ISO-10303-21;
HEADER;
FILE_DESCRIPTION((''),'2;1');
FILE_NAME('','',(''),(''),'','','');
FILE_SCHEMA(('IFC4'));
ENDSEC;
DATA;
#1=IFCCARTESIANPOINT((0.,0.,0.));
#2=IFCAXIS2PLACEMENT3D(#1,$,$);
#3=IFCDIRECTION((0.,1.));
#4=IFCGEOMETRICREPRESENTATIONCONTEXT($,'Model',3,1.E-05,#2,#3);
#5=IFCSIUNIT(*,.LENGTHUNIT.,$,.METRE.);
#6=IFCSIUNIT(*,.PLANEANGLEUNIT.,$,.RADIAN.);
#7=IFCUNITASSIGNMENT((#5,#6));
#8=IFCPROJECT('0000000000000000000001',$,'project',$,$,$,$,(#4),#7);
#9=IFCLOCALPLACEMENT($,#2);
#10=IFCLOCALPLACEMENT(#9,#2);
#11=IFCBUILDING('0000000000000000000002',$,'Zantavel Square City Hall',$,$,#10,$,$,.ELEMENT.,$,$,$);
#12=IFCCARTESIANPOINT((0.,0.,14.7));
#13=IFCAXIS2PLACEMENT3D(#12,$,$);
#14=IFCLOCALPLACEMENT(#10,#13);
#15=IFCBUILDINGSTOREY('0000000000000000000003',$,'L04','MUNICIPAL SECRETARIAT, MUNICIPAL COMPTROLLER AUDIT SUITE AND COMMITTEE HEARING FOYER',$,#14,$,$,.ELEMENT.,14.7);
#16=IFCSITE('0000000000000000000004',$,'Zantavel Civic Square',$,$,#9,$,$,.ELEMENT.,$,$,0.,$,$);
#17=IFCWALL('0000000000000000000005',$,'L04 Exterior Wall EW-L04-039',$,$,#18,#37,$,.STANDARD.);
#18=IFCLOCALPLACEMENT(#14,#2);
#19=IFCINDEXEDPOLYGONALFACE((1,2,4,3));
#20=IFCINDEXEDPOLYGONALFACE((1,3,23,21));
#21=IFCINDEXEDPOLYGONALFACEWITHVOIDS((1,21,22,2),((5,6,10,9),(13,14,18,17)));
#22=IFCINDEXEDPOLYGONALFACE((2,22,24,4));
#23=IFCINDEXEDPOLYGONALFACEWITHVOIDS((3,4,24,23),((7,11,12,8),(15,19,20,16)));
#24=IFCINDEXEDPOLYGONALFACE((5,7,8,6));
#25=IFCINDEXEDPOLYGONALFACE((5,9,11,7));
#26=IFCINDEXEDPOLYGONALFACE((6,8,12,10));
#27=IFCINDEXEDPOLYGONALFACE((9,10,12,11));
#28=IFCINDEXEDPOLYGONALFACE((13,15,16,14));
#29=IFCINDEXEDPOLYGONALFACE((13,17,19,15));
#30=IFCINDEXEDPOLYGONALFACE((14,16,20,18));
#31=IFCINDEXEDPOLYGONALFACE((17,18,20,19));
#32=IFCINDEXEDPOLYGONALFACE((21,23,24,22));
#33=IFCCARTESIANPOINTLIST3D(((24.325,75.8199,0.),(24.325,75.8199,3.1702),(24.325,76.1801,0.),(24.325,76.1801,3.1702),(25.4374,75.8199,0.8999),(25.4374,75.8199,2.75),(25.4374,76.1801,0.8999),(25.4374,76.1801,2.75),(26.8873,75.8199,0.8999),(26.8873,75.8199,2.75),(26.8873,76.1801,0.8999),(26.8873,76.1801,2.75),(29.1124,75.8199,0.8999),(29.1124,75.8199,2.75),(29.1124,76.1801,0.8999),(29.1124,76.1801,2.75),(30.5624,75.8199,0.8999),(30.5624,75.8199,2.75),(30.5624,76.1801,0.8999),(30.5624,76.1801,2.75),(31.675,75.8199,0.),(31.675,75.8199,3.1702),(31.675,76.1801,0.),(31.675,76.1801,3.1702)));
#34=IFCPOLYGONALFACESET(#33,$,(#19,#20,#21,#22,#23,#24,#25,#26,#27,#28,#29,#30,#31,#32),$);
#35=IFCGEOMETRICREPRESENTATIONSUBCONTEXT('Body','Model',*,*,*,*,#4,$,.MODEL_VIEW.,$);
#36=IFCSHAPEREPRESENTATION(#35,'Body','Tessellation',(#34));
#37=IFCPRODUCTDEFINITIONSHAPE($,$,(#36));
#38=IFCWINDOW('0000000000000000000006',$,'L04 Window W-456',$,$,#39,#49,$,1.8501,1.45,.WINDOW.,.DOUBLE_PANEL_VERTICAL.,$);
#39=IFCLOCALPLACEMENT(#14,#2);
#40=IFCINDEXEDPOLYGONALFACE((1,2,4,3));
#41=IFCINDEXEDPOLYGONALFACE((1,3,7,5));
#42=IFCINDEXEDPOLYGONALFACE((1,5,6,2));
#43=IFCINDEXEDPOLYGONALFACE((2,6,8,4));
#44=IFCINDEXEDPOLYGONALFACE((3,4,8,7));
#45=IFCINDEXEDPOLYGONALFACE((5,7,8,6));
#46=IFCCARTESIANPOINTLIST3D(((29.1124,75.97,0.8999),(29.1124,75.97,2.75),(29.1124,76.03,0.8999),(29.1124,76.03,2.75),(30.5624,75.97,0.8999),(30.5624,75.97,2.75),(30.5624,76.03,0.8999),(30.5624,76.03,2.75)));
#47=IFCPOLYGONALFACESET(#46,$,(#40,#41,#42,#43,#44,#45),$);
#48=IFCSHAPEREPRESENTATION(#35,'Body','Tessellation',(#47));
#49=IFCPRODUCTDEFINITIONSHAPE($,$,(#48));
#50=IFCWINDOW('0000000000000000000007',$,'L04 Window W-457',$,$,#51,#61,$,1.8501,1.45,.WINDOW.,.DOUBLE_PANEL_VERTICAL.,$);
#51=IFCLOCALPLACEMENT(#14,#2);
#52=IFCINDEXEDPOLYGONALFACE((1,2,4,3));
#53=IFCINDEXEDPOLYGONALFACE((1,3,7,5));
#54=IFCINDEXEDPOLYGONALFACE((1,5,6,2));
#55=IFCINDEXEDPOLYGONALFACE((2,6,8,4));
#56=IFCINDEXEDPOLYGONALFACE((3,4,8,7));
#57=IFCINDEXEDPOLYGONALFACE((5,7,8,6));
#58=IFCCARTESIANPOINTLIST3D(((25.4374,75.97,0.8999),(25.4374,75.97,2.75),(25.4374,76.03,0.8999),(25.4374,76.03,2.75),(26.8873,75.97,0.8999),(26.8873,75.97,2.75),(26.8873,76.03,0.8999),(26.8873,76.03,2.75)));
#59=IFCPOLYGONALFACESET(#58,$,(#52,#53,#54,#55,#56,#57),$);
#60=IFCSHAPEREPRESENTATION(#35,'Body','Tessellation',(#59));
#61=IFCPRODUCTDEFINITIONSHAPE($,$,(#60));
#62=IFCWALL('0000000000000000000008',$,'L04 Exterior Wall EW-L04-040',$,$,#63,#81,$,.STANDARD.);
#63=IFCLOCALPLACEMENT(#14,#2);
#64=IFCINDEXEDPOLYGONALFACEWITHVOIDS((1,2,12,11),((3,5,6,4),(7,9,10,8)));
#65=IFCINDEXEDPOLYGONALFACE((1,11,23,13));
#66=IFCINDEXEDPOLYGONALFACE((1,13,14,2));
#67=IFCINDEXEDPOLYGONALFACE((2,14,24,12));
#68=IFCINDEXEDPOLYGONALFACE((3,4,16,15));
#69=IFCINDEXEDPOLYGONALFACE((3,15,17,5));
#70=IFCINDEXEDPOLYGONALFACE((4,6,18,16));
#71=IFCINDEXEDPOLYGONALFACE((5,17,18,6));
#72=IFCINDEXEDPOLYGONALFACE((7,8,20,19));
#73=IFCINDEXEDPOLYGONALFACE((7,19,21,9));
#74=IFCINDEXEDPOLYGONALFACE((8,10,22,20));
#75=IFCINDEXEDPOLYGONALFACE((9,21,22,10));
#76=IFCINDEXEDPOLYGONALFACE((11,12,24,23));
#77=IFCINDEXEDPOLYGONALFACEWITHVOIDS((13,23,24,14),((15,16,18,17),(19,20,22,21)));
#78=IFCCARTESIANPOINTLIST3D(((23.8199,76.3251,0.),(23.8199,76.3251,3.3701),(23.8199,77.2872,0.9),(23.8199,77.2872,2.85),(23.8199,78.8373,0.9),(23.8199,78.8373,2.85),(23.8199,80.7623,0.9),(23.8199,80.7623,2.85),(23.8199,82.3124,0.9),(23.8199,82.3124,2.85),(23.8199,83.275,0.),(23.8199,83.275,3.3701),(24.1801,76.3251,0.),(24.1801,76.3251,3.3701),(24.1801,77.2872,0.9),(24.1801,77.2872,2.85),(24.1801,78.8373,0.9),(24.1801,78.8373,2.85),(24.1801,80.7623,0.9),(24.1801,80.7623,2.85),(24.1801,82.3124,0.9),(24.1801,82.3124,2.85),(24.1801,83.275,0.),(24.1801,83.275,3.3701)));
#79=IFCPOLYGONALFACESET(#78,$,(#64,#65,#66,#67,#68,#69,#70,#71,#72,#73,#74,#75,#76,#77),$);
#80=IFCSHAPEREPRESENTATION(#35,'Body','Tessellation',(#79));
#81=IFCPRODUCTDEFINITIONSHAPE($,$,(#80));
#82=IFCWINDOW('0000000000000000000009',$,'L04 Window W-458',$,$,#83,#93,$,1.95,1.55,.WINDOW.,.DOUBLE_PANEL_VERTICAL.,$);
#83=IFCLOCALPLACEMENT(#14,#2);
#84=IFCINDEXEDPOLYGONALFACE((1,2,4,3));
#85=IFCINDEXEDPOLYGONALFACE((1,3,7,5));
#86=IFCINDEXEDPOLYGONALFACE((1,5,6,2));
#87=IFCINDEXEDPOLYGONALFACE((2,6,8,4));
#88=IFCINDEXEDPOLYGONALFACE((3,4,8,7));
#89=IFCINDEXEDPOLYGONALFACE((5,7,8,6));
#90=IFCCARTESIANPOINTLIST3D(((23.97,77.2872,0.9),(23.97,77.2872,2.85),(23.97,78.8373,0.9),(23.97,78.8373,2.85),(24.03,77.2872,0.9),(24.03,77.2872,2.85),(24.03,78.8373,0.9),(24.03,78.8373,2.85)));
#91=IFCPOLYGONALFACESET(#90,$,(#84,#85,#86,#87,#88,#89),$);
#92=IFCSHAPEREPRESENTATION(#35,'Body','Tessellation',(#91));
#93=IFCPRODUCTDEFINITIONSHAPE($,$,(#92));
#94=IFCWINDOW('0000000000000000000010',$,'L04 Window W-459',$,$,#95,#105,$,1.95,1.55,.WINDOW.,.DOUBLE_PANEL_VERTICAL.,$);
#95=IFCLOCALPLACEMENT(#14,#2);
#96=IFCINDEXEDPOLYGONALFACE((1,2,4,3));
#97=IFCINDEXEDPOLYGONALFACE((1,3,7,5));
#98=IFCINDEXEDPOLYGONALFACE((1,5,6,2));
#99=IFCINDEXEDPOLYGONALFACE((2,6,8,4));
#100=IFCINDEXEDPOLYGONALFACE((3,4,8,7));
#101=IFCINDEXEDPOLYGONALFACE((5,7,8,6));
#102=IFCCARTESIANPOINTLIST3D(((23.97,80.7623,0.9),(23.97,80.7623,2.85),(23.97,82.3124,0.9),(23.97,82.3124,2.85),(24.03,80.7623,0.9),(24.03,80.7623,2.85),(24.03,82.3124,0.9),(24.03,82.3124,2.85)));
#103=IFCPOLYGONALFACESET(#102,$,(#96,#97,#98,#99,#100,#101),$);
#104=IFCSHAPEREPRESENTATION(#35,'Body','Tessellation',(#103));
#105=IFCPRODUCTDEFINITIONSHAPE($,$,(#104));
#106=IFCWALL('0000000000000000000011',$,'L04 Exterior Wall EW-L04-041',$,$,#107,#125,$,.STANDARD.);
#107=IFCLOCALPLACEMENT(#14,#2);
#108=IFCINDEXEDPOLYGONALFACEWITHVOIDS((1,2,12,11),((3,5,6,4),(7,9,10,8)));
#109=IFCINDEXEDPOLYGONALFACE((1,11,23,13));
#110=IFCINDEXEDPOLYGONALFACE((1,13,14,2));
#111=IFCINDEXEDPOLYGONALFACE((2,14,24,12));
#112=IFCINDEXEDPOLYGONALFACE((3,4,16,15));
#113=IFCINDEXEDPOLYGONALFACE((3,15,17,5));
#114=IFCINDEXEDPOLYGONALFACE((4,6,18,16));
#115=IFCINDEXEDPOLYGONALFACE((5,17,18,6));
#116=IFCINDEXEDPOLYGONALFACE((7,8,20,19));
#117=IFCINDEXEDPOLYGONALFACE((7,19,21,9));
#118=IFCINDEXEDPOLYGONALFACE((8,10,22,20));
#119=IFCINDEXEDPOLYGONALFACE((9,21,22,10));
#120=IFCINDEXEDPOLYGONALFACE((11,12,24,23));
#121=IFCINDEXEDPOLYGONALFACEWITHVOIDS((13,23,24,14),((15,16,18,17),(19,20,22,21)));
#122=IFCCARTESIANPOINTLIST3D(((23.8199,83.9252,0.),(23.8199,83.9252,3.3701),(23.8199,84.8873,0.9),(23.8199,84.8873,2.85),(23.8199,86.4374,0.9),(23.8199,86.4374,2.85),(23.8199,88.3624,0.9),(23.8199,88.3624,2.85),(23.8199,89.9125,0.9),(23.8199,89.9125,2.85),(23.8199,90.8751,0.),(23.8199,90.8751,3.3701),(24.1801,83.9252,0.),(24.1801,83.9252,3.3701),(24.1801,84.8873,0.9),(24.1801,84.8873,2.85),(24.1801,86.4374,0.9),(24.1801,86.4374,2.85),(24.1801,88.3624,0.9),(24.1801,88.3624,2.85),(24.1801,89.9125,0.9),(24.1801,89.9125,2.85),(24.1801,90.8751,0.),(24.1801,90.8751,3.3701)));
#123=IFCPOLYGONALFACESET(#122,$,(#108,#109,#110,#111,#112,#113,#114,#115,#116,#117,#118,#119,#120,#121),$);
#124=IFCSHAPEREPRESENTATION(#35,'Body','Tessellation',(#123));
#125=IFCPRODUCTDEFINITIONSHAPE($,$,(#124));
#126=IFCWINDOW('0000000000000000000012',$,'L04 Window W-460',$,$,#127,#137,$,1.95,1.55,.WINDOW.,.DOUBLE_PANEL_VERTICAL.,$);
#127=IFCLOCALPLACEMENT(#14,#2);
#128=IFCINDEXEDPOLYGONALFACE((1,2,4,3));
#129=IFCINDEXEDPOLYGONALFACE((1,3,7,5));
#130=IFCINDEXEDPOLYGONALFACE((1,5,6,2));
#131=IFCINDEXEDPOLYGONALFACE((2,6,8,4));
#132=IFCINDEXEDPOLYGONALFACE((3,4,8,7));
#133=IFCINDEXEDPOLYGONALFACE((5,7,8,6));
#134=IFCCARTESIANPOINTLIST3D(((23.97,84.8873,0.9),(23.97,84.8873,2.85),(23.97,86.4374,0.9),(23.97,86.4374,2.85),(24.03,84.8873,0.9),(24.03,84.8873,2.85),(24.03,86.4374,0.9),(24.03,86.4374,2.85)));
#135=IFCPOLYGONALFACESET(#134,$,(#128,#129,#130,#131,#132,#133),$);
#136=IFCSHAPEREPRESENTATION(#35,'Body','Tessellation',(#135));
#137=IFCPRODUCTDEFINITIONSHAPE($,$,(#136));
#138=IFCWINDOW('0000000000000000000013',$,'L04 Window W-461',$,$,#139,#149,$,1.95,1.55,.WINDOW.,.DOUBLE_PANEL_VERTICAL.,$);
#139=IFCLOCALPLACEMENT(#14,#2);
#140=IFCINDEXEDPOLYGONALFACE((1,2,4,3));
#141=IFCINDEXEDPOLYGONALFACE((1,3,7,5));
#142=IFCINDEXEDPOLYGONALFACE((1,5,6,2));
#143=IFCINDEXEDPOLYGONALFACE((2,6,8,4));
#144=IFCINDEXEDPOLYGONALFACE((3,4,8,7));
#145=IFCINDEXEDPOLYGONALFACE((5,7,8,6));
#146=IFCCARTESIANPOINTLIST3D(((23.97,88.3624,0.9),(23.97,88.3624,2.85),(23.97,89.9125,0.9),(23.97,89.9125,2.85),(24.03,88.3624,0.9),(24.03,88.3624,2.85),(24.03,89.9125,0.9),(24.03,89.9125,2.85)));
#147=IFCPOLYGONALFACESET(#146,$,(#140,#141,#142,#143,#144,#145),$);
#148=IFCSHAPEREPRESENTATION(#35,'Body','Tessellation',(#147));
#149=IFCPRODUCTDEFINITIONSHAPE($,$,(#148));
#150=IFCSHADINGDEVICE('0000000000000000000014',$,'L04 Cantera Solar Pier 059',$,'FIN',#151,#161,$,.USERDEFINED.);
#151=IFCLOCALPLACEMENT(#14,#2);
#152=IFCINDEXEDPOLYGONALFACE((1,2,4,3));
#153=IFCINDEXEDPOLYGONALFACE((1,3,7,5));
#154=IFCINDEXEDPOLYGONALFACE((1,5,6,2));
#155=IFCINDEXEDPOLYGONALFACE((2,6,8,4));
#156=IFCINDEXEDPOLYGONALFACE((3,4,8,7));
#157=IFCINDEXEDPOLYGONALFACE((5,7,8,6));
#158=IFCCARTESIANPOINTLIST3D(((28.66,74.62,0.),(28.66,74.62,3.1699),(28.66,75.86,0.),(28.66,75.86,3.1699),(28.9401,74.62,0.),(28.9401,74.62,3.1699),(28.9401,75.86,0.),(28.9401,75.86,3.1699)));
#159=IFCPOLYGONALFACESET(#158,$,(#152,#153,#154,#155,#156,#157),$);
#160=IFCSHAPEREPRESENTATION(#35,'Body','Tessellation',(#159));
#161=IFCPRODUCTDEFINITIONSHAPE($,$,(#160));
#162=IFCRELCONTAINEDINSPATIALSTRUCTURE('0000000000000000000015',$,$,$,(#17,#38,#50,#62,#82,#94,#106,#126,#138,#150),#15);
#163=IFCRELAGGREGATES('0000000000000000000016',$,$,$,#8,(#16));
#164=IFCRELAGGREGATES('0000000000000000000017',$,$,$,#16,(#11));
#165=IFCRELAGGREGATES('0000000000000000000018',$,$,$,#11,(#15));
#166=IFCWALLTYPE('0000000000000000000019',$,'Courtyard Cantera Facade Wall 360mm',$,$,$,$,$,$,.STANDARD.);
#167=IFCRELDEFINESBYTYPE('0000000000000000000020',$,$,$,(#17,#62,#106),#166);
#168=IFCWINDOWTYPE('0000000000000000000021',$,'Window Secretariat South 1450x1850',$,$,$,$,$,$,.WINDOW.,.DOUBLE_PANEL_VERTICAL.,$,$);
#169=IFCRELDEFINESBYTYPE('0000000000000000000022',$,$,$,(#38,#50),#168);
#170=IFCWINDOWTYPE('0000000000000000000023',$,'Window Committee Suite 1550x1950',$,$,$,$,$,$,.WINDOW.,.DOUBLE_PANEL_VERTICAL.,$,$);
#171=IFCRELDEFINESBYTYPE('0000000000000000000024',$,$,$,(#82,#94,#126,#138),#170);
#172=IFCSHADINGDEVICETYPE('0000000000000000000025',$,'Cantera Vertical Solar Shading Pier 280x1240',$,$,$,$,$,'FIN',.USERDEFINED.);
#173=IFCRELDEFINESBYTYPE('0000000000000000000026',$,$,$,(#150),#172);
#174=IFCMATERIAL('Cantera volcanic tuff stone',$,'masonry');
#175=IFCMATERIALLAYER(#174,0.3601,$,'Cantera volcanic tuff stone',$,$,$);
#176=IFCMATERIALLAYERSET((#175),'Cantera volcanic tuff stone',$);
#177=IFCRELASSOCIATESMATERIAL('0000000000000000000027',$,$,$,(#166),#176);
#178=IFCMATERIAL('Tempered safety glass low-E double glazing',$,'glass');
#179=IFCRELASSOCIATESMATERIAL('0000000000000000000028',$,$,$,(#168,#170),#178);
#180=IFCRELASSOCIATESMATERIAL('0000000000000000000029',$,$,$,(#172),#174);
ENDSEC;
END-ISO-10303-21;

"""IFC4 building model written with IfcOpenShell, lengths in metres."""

from ifc_helpers import new_model, si_unit, direction, frame, frame_2d, origin, origin_2d, place, context, subcontext, project, spatial, rectangle, extrude, material, layer, layer_set, type_object, element, fill, save


model = new_model("IFC4")

# Units and contexts
model_context = context("Model", 3, precision=1e-05, world=origin(), true_north=direction((0.0, 1.0)))
body_context = subcontext(model_context, "Body", "Model", "MODEL_VIEW")
ifc_project = project(units=[si_unit("LENGTHUNIT", "METRE"), si_unit("PLANEANGLEUNIT", "RADIAN")], contexts=[model_context])

# Site, building, storey
site_placement = place(None, origin())
site = spatial("IfcSite", under=ifc_project, at=site_placement, Name="Zantavel Civic Square", CompositionType="ELEMENT", RefElevation=0.0)
building_placement = place(site_placement, origin())
building = spatial("IfcBuilding", under=site, at=building_placement, Name="Zantavel Square City Hall", CompositionType="ELEMENT")
storey_placement = place(building_placement, frame((0.0, 0.0, 14.7)))
storey = spatial("IfcBuildingStorey", under=building, at=storey_placement, Name="L04", Description="MUNICIPAL SECRETARIAT, MUNICIPAL COMPTROLLER AUDIT SUITE AND COMMITTEE HEARING FOYER", CompositionType="ELEMENT", Elevation=14.7)

# Shared definitions
ifc_material_1 = material(Name="Cantera volcanic tuff stone", Category="masonry")

# Walls, openings, windows
ifc_layer_1 = layer(ifc_material_1, 0.3601, Name="Cantera volcanic tuff stone")
ifc_layer_set_1 = layer_set([ifc_layer_1], Name="Cantera volcanic tuff stone")
wall_type_1 = type_object("IfcWallType", Name="Courtyard Cantera Facade Wall 360mm", PredefinedType="STANDARD", material=ifc_layer_set_1)
wall_1_placement = place(storey_placement, frame((31.675, 76.0, 0.0), z_axis=(0.0, 0.0, 1.0), x_axis=(-1.0, 0.0, 0.0)))
wall_1 = element("IfcWall", 1, at=wall_1_placement, inside=storey, type_object=wall_type_1, Name="L04 Exterior Wall EW-L04-039", PredefinedType="STANDARD", context=body_context, shape_type="SweptSolid", body=[
    extrude(rectangle(XDim=7.3501, YDim=0.3601, at=frame_2d((3.675, 0.0))), origin(), (0.0, 0.0, 1.0), 3.1702),
])
opening_1_placement = place(wall_1_placement, frame((1.1125, 0.0, 0.8999)))
opening_1 = element("IfcOpeningElement", 2, at=opening_1_placement, cuts=wall_1, PredefinedType="OPENING", context=body_context, shape_type="SweptSolid", body=[
    extrude(rectangle(XDim=1.45, YDim=1.8501, at=frame_2d((0.7251, 0.925))), frame((0.0, 0.1899, 0.0), z_axis=(0.0, -1.0, 0.0), x_axis=(1.0, 0.0, 0.0)), (0.0, 0.0, 1.0), 0.3801),
])
opening_2_placement = place(wall_1_placement, frame((4.7876, 0.0, 0.8999)))
opening_2 = element("IfcOpeningElement", 3, at=opening_2_placement, cuts=wall_1, PredefinedType="OPENING", context=body_context, shape_type="SweptSolid", body=[
    extrude(rectangle(XDim=1.45, YDim=1.8501, at=frame_2d((0.7251, 0.925))), frame((0.0, 0.1899, 0.0), z_axis=(0.0, -1.0, 0.0), x_axis=(1.0, 0.0, 0.0)), (0.0, 0.0, 1.0), 0.3801),
])
ifc_material_2 = material(Name="Tempered safety glass low-E double glazing", Category="glass")
window_type_1 = type_object("IfcWindowType", Name="Window Secretariat South 1450x1850", PartitioningType="DOUBLE_PANEL_VERTICAL", PredefinedType="WINDOW", material=ifc_material_2)
window_1_placement = place(opening_1_placement, origin())
window_1 = element("IfcWindow", 4, at=window_1_placement, inside=storey, type_object=window_type_1, Name="L04 Window W-456", OverallHeight=1.8501, OverallWidth=1.45, PartitioningType="DOUBLE_PANEL_VERTICAL", PredefinedType="WINDOW", context=body_context, shape_type="SweptSolid", body=[
    extrude(rectangle(XDim=1.45, YDim=1.8501, at=frame_2d((0.7251, 0.925))), frame((0.0, 0.03, 0.0), z_axis=(0.0, -1.0, 0.0), x_axis=(1.0, 0.0, 0.0)), (0.0, 0.0, 1.0), 0.0601),
])
fill(opening_1, window_1)
window_2_placement = place(opening_2_placement, origin())
window_2 = element("IfcWindow", 5, at=window_2_placement, inside=storey, type_object=window_type_1, Name="L04 Window W-457", OverallHeight=1.8501, OverallWidth=1.45, PartitioningType="DOUBLE_PANEL_VERTICAL", PredefinedType="WINDOW", context=body_context, shape_type="SweptSolid", body=[
    extrude(rectangle(XDim=1.45, YDim=1.8501, at=frame_2d((0.7251, 0.925))), frame((0.0, 0.03, 0.0), z_axis=(0.0, -1.0, 0.0), x_axis=(1.0, 0.0, 0.0)), (0.0, 0.0, 1.0), 0.0601),
])
fill(opening_2, window_2)
wall_2_placement = place(storey_placement, frame((24.0, 76.325, 0.0), z_axis=(0.0, 0.0, 1.0), x_axis=(0.0, 1.0, 0.0)))
wall_2 = element("IfcWall", 6, at=wall_2_placement, inside=storey, type_object=wall_type_1, Name="L04 Exterior Wall EW-L04-040", PredefinedType="STANDARD", context=body_context, shape_type="SweptSolid", body=[
    extrude(rectangle(XDim=6.95, YDim=0.3601, at=frame_2d((3.4751, 0.0))), origin(), (0.0, 0.0, 1.0), 3.3701),
])
opening_3_placement = place(wall_2_placement, frame((0.9624, 0.0, 0.8999)))
opening_3 = element("IfcOpeningElement", 7, at=opening_3_placement, cuts=wall_2, PredefinedType="OPENING", context=body_context, shape_type="SweptSolid", body=[
    extrude(rectangle(XDim=1.55, YDim=1.95, at=frame_2d((0.7749, 0.9751))), frame((0.0, 0.1899, 0.0), z_axis=(0.0, -1.0, 0.0), x_axis=(1.0, 0.0, 0.0)), (0.0, 0.0, 1.0), 0.3801),
])
opening_4_placement = place(wall_2_placement, frame((4.4375, 0.0, 0.8999)))
opening_4 = element("IfcOpeningElement", 8, at=opening_4_placement, cuts=wall_2, PredefinedType="OPENING", context=body_context, shape_type="SweptSolid", body=[
    extrude(rectangle(XDim=1.55, YDim=1.95, at=frame_2d((0.7749, 0.9751))), frame((0.0, 0.1899, 0.0), z_axis=(0.0, -1.0, 0.0), x_axis=(1.0, 0.0, 0.0)), (0.0, 0.0, 1.0), 0.3801),
])
window_type_2 = type_object("IfcWindowType", Name="Window Committee Suite 1550x1950", PartitioningType="DOUBLE_PANEL_VERTICAL", PredefinedType="WINDOW", material=ifc_material_2)
window_3_placement = place(opening_3_placement, origin())
window_3 = element("IfcWindow", 9, at=window_3_placement, inside=storey, type_object=window_type_2, Name="L04 Window W-458", OverallHeight=1.95, OverallWidth=1.55, PartitioningType="DOUBLE_PANEL_VERTICAL", PredefinedType="WINDOW", context=body_context, shape_type="SweptSolid", body=[
    extrude(rectangle(XDim=1.55, YDim=1.95, at=frame_2d((0.7749, 0.9751))), frame((0.0, 0.03, 0.0), z_axis=(0.0, -1.0, 0.0), x_axis=(1.0, 0.0, 0.0)), (0.0, 0.0, 1.0), 0.0601),
])
fill(opening_3, window_3)
window_4_placement = place(opening_4_placement, origin())
window_4 = element("IfcWindow", 10, at=window_4_placement, inside=storey, type_object=window_type_2, Name="L04 Window W-459", OverallHeight=1.95, OverallWidth=1.55, PartitioningType="DOUBLE_PANEL_VERTICAL", PredefinedType="WINDOW", context=body_context, shape_type="SweptSolid", body=[
    extrude(rectangle(XDim=1.55, YDim=1.95, at=frame_2d((0.7749, 0.9751))), frame((0.0, 0.03, 0.0), z_axis=(0.0, -1.0, 0.0), x_axis=(1.0, 0.0, 0.0)), (0.0, 0.0, 1.0), 0.0601),
])
fill(opening_4, window_4)
wall_3_placement = place(storey_placement, frame((24.0, 83.925, 0.0), z_axis=(0.0, 0.0, 1.0), x_axis=(0.0, 1.0, 0.0)))
wall_3 = element("IfcWall", 11, at=wall_3_placement, inside=storey, type_object=wall_type_1, Name="L04 Exterior Wall EW-L04-041", PredefinedType="STANDARD", context=body_context, shape_type="SweptSolid", body=[
    extrude(rectangle(XDim=6.95, YDim=0.3601, at=frame_2d((3.4751, 0.0))), origin(), (0.0, 0.0, 1.0), 3.3701),
])
opening_5_placement = place(wall_3_placement, frame((0.9624, 0.0, 0.8999)))
opening_5 = element("IfcOpeningElement", 12, at=opening_5_placement, cuts=wall_3, PredefinedType="OPENING", context=body_context, shape_type="SweptSolid", body=[
    extrude(rectangle(XDim=1.55, YDim=1.95, at=frame_2d((0.7749, 0.9751))), frame((0.0, 0.1899, 0.0), z_axis=(0.0, -1.0, 0.0), x_axis=(1.0, 0.0, 0.0)), (0.0, 0.0, 1.0), 0.3801),
])
opening_6_placement = place(wall_3_placement, frame((4.4375, 0.0, 0.8999)))
opening_6 = element("IfcOpeningElement", 13, at=opening_6_placement, cuts=wall_3, PredefinedType="OPENING", context=body_context, shape_type="SweptSolid", body=[
    extrude(rectangle(XDim=1.55, YDim=1.95, at=frame_2d((0.7749, 0.9751))), frame((0.0, 0.1899, 0.0), z_axis=(0.0, -1.0, 0.0), x_axis=(1.0, 0.0, 0.0)), (0.0, 0.0, 1.0), 0.3801),
])
window_5_placement = place(opening_5_placement, origin())
window_5 = element("IfcWindow", 14, at=window_5_placement, inside=storey, type_object=window_type_2, Name="L04 Window W-460", OverallHeight=1.95, OverallWidth=1.55, PartitioningType="DOUBLE_PANEL_VERTICAL", PredefinedType="WINDOW", context=body_context, shape_type="SweptSolid", body=[
    extrude(rectangle(XDim=1.55, YDim=1.95, at=frame_2d((0.7749, 0.9751))), frame((0.0, 0.03, 0.0), z_axis=(0.0, -1.0, 0.0), x_axis=(1.0, 0.0, 0.0)), (0.0, 0.0, 1.0), 0.0601),
])
fill(opening_5, window_5)
window_6_placement = place(opening_6_placement, origin())
window_6 = element("IfcWindow", 15, at=window_6_placement, inside=storey, type_object=window_type_2, Name="L04 Window W-461", OverallHeight=1.95, OverallWidth=1.55, PartitioningType="DOUBLE_PANEL_VERTICAL", PredefinedType="WINDOW", context=body_context, shape_type="SweptSolid", body=[
    extrude(rectangle(XDim=1.55, YDim=1.95, at=frame_2d((0.7749, 0.9751))), frame((0.0, 0.03, 0.0), z_axis=(0.0, -1.0, 0.0), x_axis=(1.0, 0.0, 0.0)), (0.0, 0.0, 1.0), 0.0601),
])
fill(opening_6, window_6)

# Shading device
shading_device_type = type_object("IfcShadingDeviceType", Name="Cantera Vertical Solar Shading Pier 280x1240", ElementType="FIN", PredefinedType="USERDEFINED", material=ifc_material_1)
for number, where, z_axis, x_axis, name in (
    (16, (28.8, 75.24, 0.0), (0.0, 0.0, 1.0), (1.0, 0.0, 0.0), "L04 Cantera Solar Pier 059"),
):
    element("IfcShadingDevice", number, at=place(storey_placement, frame(where, z_axis=z_axis, x_axis=x_axis)), inside=storey, type_object=shading_device_type, Name=name, ObjectType="FIN", PredefinedType="USERDEFINED", context=body_context, shape_type="SweptSolid", body=[
        extrude(rectangle(XDim=0.28, YDim=1.24, at=origin_2d()), origin(), (0.0, 0.0, 1.0), 3.1699),
    ])

save(model, "model.ifc")
